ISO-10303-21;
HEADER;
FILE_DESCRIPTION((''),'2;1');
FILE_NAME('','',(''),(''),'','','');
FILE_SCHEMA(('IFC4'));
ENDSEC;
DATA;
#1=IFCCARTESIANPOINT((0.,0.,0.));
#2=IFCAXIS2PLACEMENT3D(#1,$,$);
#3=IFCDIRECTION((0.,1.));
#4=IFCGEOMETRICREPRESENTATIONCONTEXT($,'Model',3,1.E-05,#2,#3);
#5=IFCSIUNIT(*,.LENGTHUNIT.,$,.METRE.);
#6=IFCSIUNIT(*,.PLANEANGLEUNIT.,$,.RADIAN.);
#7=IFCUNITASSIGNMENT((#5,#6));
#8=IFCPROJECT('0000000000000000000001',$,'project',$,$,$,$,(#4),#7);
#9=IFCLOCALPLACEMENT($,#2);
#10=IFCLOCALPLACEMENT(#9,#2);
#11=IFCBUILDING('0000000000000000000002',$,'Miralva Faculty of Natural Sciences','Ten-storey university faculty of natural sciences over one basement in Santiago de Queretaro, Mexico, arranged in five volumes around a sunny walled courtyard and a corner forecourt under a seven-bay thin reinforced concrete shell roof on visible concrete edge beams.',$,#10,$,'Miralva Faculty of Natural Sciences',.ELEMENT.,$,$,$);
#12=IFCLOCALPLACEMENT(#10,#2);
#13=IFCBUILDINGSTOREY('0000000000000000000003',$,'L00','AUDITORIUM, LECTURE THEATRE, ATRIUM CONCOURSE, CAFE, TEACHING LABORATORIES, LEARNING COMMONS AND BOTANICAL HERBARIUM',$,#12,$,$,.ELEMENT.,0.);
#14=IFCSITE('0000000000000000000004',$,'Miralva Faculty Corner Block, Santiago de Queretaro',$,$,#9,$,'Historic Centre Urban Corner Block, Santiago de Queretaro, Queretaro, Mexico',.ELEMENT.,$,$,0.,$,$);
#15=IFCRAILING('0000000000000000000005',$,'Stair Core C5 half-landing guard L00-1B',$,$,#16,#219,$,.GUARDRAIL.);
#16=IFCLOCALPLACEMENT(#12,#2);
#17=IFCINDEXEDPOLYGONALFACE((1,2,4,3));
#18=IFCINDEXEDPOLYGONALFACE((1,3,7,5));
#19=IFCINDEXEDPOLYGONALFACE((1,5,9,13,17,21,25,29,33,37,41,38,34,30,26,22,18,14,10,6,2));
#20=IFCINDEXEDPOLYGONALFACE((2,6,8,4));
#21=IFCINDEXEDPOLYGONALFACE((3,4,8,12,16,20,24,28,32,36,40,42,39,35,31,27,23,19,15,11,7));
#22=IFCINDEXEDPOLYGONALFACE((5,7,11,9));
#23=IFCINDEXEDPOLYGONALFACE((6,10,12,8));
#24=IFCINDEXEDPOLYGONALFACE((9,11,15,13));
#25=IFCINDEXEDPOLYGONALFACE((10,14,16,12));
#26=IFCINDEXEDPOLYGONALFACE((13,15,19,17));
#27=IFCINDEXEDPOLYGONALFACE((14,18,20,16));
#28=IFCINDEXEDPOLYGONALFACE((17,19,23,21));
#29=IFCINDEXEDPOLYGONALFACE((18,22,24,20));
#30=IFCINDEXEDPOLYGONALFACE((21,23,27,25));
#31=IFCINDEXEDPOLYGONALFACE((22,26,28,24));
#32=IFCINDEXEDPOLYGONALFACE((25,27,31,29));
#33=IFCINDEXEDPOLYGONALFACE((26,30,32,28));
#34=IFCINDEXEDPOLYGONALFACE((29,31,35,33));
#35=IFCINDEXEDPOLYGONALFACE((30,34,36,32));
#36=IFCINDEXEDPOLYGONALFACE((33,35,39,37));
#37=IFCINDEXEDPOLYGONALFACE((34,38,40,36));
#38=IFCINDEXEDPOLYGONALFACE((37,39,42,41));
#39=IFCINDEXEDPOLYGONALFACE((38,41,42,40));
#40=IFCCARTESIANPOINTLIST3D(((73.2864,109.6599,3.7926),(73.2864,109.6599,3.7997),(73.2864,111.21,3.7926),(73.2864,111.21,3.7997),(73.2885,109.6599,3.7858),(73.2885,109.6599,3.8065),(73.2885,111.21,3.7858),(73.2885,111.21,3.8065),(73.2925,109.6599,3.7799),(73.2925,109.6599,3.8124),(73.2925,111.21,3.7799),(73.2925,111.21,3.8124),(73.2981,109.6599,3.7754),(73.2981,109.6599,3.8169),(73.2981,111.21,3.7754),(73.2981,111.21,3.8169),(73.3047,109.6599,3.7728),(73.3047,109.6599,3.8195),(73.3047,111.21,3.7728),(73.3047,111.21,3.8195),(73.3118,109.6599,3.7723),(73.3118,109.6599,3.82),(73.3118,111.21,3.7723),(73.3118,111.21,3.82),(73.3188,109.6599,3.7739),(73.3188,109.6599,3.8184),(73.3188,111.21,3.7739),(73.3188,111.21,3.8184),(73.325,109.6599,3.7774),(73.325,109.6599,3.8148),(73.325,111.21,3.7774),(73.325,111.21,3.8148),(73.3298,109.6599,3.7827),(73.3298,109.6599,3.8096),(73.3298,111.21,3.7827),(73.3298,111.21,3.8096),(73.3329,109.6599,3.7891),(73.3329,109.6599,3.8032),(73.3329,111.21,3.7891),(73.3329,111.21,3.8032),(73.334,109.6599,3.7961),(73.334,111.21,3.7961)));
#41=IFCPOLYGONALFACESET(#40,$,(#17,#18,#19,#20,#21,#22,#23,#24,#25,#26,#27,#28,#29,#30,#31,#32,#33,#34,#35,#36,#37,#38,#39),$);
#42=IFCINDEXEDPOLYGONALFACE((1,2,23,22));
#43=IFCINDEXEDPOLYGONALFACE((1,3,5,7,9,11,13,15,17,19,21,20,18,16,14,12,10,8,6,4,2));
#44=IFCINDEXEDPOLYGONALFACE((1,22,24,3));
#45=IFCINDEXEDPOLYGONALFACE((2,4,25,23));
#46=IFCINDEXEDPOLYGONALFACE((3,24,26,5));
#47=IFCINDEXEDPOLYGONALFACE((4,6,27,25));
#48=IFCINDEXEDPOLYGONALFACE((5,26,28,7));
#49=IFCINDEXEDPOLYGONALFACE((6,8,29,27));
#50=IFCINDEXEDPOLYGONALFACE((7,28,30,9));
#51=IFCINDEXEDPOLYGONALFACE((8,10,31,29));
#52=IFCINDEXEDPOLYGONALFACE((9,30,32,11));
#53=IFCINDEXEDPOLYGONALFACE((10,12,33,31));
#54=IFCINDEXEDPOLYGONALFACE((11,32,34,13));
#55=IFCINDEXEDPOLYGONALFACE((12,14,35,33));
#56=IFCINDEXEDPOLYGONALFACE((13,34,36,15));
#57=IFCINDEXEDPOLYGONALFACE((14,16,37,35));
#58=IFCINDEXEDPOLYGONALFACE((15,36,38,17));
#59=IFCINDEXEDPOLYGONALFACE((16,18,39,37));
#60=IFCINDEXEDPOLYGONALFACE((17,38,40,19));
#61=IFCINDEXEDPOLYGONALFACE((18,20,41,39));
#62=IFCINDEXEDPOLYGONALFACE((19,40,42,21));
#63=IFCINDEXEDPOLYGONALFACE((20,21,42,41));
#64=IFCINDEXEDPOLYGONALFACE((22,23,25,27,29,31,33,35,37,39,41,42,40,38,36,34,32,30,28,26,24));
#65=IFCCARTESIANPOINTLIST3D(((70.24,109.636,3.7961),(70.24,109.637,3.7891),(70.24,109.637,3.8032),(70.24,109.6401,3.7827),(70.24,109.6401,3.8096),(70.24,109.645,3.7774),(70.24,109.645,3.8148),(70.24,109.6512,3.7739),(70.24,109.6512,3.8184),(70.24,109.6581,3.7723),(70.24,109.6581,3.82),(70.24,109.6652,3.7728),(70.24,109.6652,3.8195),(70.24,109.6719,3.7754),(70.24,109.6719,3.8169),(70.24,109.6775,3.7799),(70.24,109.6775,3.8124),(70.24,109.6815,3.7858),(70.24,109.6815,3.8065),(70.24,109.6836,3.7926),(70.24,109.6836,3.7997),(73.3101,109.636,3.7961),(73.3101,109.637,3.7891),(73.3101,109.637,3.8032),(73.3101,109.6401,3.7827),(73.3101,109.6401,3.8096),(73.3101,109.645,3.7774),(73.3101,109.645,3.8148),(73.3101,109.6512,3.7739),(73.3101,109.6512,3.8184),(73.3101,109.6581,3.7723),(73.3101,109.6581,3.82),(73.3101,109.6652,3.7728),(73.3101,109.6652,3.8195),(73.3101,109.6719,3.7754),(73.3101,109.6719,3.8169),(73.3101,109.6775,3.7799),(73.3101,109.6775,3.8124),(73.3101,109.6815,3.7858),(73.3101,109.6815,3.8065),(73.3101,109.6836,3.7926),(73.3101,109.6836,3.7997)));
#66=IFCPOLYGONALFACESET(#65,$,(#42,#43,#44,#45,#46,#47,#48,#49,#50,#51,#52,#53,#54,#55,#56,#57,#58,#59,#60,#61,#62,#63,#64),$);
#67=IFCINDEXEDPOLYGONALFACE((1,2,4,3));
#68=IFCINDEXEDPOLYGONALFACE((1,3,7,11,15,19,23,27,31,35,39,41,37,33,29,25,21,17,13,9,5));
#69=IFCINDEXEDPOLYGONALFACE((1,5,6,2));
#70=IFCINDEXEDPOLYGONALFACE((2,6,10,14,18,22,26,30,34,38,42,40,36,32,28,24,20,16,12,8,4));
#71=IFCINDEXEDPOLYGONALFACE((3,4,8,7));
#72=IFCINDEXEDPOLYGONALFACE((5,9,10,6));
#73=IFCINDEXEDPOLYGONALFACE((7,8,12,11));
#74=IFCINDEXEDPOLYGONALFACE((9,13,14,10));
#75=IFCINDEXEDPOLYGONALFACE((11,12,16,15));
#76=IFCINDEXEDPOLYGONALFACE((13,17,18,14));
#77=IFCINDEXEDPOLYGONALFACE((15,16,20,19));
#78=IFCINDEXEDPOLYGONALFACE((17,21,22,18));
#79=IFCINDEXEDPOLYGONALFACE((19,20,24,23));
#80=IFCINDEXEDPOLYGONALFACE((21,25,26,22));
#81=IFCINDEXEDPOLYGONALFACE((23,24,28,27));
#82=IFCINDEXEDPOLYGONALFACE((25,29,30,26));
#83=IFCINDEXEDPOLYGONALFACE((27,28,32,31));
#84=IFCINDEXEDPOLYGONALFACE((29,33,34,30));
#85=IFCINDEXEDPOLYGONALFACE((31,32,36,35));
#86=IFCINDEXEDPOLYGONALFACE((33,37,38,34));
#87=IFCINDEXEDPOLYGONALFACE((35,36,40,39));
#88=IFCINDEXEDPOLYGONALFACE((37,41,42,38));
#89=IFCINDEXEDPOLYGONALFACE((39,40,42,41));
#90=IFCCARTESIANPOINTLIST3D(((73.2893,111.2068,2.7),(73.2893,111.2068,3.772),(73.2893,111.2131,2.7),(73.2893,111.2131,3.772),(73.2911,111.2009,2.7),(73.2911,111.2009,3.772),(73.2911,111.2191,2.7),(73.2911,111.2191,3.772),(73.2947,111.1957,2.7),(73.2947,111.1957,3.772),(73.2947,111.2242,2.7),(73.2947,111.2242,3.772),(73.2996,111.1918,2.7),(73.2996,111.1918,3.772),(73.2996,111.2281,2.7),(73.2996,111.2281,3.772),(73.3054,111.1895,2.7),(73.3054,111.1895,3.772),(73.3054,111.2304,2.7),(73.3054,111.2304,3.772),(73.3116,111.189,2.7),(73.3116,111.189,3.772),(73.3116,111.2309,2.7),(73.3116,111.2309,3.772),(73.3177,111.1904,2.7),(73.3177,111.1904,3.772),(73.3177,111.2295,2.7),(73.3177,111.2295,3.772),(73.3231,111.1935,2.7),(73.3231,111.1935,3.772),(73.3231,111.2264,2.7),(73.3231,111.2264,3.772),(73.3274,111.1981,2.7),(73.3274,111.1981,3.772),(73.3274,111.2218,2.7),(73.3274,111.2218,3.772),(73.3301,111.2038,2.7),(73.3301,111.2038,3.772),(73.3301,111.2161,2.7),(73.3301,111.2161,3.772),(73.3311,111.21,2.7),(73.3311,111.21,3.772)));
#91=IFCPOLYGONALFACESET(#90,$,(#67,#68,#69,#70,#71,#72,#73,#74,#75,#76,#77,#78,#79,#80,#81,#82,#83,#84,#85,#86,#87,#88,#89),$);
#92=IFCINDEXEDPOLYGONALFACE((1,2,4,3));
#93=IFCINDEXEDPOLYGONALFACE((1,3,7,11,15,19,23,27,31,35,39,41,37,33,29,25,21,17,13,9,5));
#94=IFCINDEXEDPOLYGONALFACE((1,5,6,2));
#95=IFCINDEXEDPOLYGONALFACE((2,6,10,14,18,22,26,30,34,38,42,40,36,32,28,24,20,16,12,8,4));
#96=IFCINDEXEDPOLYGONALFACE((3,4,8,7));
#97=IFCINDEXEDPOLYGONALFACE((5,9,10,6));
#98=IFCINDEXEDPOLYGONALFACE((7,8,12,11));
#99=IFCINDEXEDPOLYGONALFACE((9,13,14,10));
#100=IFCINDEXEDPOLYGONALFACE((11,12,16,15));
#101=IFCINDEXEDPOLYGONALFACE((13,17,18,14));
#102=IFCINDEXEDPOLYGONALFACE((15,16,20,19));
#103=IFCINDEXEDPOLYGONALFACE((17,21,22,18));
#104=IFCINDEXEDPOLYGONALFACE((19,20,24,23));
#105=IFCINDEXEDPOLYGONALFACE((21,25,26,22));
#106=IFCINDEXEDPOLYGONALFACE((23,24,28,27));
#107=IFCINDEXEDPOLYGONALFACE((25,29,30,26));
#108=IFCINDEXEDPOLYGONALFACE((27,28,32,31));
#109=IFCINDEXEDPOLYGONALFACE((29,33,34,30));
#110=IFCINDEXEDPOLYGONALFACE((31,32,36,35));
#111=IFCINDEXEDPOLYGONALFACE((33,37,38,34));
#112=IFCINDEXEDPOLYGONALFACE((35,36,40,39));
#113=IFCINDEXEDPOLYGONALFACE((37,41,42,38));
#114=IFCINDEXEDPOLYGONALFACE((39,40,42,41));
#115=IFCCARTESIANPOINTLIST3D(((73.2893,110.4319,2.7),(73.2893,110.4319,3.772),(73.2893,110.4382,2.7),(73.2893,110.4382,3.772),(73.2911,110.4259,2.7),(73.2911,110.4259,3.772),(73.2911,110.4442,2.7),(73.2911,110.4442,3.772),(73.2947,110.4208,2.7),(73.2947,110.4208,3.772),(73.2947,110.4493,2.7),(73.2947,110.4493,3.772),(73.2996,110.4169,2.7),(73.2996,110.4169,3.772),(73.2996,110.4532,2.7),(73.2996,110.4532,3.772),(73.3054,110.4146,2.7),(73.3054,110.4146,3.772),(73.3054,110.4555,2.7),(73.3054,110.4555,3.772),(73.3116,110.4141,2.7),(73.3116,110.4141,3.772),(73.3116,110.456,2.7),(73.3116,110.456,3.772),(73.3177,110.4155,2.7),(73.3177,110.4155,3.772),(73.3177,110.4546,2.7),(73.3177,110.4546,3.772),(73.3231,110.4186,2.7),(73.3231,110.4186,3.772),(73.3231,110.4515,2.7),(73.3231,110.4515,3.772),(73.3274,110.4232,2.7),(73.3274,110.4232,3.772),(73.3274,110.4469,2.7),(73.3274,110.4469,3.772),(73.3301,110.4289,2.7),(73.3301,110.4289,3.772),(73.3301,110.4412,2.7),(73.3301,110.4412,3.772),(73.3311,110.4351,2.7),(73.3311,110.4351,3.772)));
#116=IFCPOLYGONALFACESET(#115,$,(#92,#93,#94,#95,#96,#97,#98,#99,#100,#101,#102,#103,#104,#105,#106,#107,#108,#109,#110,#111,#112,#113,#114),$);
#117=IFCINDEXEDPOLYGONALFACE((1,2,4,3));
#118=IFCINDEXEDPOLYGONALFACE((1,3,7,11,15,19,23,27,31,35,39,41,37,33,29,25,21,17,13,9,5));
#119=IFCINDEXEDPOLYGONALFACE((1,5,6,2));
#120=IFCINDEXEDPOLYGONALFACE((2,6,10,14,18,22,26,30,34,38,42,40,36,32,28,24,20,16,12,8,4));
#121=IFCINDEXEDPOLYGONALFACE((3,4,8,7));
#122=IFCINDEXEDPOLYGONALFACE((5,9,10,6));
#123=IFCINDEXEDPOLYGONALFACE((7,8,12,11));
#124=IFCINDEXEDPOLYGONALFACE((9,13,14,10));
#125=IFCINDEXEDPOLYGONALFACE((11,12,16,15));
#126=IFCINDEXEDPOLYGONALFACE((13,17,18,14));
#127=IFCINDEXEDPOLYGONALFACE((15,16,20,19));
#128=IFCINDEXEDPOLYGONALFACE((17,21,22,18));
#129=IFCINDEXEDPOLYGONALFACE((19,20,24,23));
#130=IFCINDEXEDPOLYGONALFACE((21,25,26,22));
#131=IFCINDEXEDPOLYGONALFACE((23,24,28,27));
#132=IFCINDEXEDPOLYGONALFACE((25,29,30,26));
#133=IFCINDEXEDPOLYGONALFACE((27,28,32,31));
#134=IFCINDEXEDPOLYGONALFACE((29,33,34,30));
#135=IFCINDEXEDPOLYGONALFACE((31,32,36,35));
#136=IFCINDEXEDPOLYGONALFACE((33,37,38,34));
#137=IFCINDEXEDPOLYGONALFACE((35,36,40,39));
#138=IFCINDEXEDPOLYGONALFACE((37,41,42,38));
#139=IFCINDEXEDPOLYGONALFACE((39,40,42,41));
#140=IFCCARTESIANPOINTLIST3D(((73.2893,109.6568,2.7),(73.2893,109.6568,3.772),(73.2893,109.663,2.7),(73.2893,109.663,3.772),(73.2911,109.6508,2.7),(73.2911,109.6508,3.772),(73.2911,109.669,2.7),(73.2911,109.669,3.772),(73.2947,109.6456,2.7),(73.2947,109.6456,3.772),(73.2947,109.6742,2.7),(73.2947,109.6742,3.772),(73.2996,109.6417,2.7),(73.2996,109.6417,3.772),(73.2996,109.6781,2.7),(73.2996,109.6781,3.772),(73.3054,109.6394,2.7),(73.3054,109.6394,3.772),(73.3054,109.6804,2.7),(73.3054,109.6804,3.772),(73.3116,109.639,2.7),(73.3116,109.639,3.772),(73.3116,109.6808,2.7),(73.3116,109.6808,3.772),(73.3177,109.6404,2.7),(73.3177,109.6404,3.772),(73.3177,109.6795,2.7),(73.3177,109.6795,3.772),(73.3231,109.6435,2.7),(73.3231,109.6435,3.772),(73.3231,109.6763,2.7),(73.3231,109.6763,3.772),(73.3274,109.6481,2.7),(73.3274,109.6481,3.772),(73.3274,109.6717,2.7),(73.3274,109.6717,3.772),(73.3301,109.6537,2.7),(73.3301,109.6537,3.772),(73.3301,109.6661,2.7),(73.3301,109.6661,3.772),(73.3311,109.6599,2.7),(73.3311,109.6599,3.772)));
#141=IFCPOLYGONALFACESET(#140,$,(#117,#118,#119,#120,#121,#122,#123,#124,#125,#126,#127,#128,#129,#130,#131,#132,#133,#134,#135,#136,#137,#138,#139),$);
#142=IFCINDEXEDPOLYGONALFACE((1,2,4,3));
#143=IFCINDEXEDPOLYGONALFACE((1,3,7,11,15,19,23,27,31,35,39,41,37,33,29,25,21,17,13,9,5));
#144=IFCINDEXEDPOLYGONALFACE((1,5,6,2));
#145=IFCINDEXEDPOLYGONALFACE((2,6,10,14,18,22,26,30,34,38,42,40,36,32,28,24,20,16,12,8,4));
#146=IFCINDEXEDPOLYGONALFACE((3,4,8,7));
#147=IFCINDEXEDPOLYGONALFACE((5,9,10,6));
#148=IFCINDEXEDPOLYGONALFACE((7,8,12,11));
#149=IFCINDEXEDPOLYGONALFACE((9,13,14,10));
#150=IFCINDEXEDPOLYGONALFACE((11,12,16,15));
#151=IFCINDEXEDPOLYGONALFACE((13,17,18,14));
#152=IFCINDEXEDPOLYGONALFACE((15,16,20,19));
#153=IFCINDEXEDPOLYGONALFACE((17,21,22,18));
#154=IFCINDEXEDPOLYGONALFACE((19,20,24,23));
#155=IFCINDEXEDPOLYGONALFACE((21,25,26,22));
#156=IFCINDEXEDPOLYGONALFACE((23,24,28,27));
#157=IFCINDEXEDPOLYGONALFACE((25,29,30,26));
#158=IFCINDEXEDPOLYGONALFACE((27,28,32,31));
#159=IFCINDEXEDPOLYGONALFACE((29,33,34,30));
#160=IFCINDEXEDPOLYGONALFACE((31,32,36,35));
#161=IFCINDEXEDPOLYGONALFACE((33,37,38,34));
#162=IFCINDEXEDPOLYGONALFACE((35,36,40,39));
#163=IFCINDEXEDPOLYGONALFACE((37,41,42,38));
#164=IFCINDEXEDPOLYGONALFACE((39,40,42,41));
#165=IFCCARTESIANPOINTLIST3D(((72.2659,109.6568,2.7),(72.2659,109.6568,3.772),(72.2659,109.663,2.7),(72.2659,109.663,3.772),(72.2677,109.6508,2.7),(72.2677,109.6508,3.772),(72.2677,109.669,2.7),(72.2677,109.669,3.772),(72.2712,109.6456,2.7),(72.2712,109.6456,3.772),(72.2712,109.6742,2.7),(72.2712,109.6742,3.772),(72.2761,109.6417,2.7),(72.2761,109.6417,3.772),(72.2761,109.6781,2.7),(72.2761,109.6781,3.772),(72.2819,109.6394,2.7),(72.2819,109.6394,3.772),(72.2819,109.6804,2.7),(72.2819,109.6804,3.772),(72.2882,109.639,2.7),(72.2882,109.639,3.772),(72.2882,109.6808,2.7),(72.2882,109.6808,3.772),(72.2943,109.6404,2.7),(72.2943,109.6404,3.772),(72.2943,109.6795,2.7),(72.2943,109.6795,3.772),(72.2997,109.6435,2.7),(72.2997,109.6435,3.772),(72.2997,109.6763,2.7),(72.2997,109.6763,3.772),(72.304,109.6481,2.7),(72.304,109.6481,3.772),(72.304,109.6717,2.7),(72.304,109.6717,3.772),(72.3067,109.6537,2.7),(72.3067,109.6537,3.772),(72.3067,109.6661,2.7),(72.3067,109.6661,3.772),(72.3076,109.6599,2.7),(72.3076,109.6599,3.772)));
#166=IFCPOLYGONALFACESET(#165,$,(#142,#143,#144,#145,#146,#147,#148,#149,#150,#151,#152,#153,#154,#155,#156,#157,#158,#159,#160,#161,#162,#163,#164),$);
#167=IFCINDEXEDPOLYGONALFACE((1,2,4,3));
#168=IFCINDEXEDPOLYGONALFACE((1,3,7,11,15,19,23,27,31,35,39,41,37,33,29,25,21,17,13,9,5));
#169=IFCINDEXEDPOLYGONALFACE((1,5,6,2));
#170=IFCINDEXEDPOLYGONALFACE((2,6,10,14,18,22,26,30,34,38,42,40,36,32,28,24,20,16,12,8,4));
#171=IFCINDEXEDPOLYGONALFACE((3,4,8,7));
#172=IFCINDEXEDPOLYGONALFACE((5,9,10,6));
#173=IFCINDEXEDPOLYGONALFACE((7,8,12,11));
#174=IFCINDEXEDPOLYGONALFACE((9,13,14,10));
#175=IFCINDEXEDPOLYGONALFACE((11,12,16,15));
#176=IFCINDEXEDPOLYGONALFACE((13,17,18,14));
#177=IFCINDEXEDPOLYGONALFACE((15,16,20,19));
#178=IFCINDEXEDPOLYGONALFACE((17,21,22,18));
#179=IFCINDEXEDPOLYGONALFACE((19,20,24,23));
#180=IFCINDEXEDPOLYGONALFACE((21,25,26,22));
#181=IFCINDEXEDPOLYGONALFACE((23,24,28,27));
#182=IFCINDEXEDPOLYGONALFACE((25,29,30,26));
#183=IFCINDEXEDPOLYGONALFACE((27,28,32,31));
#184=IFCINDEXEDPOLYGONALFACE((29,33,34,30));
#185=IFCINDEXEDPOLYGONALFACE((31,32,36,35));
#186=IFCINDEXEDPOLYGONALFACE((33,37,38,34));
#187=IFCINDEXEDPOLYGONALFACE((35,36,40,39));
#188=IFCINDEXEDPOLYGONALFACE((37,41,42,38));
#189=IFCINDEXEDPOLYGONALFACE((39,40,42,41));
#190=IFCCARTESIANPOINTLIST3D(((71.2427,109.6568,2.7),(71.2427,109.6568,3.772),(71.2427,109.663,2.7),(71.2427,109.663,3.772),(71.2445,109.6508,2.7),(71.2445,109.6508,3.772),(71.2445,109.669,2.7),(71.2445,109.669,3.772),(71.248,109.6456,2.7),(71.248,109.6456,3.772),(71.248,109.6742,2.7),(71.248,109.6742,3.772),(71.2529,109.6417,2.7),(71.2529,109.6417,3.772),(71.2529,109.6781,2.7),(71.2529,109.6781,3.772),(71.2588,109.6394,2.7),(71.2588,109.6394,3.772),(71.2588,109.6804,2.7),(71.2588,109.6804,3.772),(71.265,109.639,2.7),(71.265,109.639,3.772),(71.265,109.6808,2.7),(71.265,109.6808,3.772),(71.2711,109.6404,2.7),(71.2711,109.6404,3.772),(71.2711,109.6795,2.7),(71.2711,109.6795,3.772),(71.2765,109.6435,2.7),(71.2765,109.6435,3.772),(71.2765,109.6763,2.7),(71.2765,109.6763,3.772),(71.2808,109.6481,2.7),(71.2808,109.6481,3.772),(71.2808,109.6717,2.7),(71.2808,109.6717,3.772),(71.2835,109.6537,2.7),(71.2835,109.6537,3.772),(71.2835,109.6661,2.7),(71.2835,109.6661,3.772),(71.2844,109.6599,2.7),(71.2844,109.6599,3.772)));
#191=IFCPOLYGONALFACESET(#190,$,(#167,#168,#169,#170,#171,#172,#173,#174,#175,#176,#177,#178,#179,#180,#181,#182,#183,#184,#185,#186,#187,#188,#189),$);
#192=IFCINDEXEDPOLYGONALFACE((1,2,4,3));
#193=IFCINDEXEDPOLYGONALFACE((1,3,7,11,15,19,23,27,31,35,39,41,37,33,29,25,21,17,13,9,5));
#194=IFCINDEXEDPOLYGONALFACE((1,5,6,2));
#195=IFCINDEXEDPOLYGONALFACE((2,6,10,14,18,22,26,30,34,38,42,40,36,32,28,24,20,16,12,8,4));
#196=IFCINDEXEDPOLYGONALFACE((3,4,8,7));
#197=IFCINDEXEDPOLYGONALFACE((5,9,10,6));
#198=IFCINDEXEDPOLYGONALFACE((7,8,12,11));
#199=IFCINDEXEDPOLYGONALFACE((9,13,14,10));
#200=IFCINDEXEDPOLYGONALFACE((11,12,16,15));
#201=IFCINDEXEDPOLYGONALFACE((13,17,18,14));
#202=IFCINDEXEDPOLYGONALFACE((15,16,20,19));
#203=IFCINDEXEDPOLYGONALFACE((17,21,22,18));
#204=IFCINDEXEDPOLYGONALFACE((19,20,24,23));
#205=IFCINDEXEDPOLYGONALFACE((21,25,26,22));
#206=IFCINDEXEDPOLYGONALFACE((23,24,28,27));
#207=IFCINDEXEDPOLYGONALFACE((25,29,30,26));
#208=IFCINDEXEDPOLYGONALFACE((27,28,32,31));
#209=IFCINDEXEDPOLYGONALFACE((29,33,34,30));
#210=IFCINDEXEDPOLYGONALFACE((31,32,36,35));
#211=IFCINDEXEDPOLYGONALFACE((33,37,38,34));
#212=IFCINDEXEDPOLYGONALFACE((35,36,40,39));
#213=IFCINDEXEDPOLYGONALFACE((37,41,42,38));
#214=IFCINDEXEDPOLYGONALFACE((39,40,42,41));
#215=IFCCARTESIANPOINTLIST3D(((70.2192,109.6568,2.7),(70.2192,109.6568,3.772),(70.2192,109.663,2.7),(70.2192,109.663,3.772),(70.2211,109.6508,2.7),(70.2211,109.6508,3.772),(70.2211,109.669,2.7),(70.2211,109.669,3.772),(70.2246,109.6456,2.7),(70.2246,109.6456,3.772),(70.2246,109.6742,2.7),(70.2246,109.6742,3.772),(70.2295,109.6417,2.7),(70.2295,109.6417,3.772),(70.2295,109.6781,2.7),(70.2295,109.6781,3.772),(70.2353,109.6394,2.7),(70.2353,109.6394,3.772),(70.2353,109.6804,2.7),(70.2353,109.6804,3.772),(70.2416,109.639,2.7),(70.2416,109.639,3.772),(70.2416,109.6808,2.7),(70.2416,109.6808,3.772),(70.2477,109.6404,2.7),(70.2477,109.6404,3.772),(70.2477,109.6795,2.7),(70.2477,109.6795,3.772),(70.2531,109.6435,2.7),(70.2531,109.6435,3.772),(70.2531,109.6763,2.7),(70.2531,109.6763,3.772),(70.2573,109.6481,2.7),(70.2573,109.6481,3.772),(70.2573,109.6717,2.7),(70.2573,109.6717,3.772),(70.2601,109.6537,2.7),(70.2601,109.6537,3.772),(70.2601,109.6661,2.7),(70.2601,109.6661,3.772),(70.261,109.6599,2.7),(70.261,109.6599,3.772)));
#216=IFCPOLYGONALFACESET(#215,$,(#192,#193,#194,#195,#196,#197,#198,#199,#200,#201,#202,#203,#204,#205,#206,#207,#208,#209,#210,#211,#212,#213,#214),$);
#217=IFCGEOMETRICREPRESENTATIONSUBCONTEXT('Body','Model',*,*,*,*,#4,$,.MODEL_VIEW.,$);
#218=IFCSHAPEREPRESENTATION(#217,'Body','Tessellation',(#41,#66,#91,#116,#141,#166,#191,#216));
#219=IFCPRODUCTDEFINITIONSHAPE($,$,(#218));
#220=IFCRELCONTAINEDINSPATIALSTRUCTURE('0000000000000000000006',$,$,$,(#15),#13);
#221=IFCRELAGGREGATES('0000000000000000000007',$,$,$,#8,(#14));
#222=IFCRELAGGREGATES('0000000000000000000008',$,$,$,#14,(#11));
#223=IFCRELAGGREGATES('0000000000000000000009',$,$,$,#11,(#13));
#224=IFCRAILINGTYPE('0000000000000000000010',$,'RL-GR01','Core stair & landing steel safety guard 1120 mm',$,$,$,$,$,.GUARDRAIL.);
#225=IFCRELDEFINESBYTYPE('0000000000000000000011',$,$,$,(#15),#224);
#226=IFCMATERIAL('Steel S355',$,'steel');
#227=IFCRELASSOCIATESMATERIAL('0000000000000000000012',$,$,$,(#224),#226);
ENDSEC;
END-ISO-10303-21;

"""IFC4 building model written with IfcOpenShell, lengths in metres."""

from ifc_helpers import new_model, si_unit, direction, frame, origin, origin_2d, place, context, subcontext, project, spatial, circle, extrude, material, type_object, element, save


model = new_model("IFC4")

# Units and contexts
model_context = context("Model", 3, precision=1e-05, world=origin(), true_north=direction((0.0, 1.0)))
body_context = subcontext(model_context, "Body", "Model", "MODEL_VIEW")
ifc_project = project(units=[si_unit("LENGTHUNIT", "METRE"), si_unit("PLANEANGLEUNIT", "RADIAN")], contexts=[model_context])

# Site, building, storey
site_placement = place(None, origin())
site = spatial("IfcSite", under=ifc_project, at=site_placement, Name="Miralva Faculty Corner Block, Santiago de Queretaro", LongName="Historic Centre Urban Corner Block, Santiago de Queretaro, Queretaro, Mexico", CompositionType="ELEMENT", RefElevation=0.0)
building_placement = place(site_placement, origin())
building = spatial("IfcBuilding", under=site, at=building_placement, Name="Miralva Faculty of Natural Sciences", Description="Ten-storey university faculty of natural sciences over one basement in Santiago de Queretaro, Mexico, arranged in five volumes around a sunny walled courtyard and a corner forecourt under a seven-bay thin reinforced concrete shell roof on visible concrete edge beams.", LongName="Miralva Faculty of Natural Sciences", CompositionType="ELEMENT")
storey_placement = place(building_placement, origin())
storey = spatial("IfcBuildingStorey", under=building, at=storey_placement, Name="L00", Description="AUDITORIUM, LECTURE THEATRE, ATRIUM CONCOURSE, CAFE, TEACHING LABORATORIES, LEARNING COMMONS AND BOTANICAL HERBARIUM", CompositionType="ELEMENT", Elevation=0.0)

# Railing
ifc_material_1 = material(Name="Steel S355", Category="steel")
railing_type_1 = type_object("IfcRailingType", Name="RL-GR01", Description="Core stair & landing steel safety guard 1120 mm", PredefinedType="GUARDRAIL", material=ifc_material_1)
railing_1_placement = place(storey_placement, frame((73.3101, 111.21, 2.7)))
element("IfcRailing", 1, at=railing_1_placement, inside=storey, type_object=railing_type_1, Name="Stair Core C5 half-landing guard L00-1B", PredefinedType="GUARDRAIL", context=body_context, shape_type="SweptSolid", body=[
    extrude(circle(Radius=0.0239, at=origin_2d()), frame((0.0, 0.0, 1.0962), z_axis=(0.0, -1.0, 0.0), x_axis=(1.0, 0.0, 0.0)), (0.0, 0.0, 1.0), 1.55),
    extrude(circle(Radius=0.0239, at=origin_2d()), frame((0.0, -1.55, 1.0962), z_axis=(-1.0, 0.0, 0.0), x_axis=(0.0, -1.0, 0.0)), (0.0, 0.0, 1.0), 3.0701),
    extrude(circle(Radius=0.021, at=origin_2d()), origin(), (0.0, 0.0, 1.0), 1.072),
    extrude(circle(Radius=0.021, at=origin_2d()), frame((0.0, -0.7749, 0.0)), (0.0, 0.0, 1.0), 1.072),
    extrude(circle(Radius=0.021, at=origin_2d()), frame((0.0, -1.55, 0.0)), (0.0, 0.0, 1.0), 1.072),
    extrude(circle(Radius=0.021, at=origin_2d()), frame((-1.0234, -1.55, 0.0)), (0.0, 0.0, 1.0), 1.072),
    extrude(circle(Radius=0.021, at=origin_2d()), frame((-2.0466, -1.55, 0.0)), (0.0, 0.0, 1.0), 1.072),
    extrude(circle(Radius=0.021, at=origin_2d()), frame((-3.0701, -1.55, 0.0)), (0.0, 0.0, 1.0), 1.072),
])

save(model, "model.ifc")
